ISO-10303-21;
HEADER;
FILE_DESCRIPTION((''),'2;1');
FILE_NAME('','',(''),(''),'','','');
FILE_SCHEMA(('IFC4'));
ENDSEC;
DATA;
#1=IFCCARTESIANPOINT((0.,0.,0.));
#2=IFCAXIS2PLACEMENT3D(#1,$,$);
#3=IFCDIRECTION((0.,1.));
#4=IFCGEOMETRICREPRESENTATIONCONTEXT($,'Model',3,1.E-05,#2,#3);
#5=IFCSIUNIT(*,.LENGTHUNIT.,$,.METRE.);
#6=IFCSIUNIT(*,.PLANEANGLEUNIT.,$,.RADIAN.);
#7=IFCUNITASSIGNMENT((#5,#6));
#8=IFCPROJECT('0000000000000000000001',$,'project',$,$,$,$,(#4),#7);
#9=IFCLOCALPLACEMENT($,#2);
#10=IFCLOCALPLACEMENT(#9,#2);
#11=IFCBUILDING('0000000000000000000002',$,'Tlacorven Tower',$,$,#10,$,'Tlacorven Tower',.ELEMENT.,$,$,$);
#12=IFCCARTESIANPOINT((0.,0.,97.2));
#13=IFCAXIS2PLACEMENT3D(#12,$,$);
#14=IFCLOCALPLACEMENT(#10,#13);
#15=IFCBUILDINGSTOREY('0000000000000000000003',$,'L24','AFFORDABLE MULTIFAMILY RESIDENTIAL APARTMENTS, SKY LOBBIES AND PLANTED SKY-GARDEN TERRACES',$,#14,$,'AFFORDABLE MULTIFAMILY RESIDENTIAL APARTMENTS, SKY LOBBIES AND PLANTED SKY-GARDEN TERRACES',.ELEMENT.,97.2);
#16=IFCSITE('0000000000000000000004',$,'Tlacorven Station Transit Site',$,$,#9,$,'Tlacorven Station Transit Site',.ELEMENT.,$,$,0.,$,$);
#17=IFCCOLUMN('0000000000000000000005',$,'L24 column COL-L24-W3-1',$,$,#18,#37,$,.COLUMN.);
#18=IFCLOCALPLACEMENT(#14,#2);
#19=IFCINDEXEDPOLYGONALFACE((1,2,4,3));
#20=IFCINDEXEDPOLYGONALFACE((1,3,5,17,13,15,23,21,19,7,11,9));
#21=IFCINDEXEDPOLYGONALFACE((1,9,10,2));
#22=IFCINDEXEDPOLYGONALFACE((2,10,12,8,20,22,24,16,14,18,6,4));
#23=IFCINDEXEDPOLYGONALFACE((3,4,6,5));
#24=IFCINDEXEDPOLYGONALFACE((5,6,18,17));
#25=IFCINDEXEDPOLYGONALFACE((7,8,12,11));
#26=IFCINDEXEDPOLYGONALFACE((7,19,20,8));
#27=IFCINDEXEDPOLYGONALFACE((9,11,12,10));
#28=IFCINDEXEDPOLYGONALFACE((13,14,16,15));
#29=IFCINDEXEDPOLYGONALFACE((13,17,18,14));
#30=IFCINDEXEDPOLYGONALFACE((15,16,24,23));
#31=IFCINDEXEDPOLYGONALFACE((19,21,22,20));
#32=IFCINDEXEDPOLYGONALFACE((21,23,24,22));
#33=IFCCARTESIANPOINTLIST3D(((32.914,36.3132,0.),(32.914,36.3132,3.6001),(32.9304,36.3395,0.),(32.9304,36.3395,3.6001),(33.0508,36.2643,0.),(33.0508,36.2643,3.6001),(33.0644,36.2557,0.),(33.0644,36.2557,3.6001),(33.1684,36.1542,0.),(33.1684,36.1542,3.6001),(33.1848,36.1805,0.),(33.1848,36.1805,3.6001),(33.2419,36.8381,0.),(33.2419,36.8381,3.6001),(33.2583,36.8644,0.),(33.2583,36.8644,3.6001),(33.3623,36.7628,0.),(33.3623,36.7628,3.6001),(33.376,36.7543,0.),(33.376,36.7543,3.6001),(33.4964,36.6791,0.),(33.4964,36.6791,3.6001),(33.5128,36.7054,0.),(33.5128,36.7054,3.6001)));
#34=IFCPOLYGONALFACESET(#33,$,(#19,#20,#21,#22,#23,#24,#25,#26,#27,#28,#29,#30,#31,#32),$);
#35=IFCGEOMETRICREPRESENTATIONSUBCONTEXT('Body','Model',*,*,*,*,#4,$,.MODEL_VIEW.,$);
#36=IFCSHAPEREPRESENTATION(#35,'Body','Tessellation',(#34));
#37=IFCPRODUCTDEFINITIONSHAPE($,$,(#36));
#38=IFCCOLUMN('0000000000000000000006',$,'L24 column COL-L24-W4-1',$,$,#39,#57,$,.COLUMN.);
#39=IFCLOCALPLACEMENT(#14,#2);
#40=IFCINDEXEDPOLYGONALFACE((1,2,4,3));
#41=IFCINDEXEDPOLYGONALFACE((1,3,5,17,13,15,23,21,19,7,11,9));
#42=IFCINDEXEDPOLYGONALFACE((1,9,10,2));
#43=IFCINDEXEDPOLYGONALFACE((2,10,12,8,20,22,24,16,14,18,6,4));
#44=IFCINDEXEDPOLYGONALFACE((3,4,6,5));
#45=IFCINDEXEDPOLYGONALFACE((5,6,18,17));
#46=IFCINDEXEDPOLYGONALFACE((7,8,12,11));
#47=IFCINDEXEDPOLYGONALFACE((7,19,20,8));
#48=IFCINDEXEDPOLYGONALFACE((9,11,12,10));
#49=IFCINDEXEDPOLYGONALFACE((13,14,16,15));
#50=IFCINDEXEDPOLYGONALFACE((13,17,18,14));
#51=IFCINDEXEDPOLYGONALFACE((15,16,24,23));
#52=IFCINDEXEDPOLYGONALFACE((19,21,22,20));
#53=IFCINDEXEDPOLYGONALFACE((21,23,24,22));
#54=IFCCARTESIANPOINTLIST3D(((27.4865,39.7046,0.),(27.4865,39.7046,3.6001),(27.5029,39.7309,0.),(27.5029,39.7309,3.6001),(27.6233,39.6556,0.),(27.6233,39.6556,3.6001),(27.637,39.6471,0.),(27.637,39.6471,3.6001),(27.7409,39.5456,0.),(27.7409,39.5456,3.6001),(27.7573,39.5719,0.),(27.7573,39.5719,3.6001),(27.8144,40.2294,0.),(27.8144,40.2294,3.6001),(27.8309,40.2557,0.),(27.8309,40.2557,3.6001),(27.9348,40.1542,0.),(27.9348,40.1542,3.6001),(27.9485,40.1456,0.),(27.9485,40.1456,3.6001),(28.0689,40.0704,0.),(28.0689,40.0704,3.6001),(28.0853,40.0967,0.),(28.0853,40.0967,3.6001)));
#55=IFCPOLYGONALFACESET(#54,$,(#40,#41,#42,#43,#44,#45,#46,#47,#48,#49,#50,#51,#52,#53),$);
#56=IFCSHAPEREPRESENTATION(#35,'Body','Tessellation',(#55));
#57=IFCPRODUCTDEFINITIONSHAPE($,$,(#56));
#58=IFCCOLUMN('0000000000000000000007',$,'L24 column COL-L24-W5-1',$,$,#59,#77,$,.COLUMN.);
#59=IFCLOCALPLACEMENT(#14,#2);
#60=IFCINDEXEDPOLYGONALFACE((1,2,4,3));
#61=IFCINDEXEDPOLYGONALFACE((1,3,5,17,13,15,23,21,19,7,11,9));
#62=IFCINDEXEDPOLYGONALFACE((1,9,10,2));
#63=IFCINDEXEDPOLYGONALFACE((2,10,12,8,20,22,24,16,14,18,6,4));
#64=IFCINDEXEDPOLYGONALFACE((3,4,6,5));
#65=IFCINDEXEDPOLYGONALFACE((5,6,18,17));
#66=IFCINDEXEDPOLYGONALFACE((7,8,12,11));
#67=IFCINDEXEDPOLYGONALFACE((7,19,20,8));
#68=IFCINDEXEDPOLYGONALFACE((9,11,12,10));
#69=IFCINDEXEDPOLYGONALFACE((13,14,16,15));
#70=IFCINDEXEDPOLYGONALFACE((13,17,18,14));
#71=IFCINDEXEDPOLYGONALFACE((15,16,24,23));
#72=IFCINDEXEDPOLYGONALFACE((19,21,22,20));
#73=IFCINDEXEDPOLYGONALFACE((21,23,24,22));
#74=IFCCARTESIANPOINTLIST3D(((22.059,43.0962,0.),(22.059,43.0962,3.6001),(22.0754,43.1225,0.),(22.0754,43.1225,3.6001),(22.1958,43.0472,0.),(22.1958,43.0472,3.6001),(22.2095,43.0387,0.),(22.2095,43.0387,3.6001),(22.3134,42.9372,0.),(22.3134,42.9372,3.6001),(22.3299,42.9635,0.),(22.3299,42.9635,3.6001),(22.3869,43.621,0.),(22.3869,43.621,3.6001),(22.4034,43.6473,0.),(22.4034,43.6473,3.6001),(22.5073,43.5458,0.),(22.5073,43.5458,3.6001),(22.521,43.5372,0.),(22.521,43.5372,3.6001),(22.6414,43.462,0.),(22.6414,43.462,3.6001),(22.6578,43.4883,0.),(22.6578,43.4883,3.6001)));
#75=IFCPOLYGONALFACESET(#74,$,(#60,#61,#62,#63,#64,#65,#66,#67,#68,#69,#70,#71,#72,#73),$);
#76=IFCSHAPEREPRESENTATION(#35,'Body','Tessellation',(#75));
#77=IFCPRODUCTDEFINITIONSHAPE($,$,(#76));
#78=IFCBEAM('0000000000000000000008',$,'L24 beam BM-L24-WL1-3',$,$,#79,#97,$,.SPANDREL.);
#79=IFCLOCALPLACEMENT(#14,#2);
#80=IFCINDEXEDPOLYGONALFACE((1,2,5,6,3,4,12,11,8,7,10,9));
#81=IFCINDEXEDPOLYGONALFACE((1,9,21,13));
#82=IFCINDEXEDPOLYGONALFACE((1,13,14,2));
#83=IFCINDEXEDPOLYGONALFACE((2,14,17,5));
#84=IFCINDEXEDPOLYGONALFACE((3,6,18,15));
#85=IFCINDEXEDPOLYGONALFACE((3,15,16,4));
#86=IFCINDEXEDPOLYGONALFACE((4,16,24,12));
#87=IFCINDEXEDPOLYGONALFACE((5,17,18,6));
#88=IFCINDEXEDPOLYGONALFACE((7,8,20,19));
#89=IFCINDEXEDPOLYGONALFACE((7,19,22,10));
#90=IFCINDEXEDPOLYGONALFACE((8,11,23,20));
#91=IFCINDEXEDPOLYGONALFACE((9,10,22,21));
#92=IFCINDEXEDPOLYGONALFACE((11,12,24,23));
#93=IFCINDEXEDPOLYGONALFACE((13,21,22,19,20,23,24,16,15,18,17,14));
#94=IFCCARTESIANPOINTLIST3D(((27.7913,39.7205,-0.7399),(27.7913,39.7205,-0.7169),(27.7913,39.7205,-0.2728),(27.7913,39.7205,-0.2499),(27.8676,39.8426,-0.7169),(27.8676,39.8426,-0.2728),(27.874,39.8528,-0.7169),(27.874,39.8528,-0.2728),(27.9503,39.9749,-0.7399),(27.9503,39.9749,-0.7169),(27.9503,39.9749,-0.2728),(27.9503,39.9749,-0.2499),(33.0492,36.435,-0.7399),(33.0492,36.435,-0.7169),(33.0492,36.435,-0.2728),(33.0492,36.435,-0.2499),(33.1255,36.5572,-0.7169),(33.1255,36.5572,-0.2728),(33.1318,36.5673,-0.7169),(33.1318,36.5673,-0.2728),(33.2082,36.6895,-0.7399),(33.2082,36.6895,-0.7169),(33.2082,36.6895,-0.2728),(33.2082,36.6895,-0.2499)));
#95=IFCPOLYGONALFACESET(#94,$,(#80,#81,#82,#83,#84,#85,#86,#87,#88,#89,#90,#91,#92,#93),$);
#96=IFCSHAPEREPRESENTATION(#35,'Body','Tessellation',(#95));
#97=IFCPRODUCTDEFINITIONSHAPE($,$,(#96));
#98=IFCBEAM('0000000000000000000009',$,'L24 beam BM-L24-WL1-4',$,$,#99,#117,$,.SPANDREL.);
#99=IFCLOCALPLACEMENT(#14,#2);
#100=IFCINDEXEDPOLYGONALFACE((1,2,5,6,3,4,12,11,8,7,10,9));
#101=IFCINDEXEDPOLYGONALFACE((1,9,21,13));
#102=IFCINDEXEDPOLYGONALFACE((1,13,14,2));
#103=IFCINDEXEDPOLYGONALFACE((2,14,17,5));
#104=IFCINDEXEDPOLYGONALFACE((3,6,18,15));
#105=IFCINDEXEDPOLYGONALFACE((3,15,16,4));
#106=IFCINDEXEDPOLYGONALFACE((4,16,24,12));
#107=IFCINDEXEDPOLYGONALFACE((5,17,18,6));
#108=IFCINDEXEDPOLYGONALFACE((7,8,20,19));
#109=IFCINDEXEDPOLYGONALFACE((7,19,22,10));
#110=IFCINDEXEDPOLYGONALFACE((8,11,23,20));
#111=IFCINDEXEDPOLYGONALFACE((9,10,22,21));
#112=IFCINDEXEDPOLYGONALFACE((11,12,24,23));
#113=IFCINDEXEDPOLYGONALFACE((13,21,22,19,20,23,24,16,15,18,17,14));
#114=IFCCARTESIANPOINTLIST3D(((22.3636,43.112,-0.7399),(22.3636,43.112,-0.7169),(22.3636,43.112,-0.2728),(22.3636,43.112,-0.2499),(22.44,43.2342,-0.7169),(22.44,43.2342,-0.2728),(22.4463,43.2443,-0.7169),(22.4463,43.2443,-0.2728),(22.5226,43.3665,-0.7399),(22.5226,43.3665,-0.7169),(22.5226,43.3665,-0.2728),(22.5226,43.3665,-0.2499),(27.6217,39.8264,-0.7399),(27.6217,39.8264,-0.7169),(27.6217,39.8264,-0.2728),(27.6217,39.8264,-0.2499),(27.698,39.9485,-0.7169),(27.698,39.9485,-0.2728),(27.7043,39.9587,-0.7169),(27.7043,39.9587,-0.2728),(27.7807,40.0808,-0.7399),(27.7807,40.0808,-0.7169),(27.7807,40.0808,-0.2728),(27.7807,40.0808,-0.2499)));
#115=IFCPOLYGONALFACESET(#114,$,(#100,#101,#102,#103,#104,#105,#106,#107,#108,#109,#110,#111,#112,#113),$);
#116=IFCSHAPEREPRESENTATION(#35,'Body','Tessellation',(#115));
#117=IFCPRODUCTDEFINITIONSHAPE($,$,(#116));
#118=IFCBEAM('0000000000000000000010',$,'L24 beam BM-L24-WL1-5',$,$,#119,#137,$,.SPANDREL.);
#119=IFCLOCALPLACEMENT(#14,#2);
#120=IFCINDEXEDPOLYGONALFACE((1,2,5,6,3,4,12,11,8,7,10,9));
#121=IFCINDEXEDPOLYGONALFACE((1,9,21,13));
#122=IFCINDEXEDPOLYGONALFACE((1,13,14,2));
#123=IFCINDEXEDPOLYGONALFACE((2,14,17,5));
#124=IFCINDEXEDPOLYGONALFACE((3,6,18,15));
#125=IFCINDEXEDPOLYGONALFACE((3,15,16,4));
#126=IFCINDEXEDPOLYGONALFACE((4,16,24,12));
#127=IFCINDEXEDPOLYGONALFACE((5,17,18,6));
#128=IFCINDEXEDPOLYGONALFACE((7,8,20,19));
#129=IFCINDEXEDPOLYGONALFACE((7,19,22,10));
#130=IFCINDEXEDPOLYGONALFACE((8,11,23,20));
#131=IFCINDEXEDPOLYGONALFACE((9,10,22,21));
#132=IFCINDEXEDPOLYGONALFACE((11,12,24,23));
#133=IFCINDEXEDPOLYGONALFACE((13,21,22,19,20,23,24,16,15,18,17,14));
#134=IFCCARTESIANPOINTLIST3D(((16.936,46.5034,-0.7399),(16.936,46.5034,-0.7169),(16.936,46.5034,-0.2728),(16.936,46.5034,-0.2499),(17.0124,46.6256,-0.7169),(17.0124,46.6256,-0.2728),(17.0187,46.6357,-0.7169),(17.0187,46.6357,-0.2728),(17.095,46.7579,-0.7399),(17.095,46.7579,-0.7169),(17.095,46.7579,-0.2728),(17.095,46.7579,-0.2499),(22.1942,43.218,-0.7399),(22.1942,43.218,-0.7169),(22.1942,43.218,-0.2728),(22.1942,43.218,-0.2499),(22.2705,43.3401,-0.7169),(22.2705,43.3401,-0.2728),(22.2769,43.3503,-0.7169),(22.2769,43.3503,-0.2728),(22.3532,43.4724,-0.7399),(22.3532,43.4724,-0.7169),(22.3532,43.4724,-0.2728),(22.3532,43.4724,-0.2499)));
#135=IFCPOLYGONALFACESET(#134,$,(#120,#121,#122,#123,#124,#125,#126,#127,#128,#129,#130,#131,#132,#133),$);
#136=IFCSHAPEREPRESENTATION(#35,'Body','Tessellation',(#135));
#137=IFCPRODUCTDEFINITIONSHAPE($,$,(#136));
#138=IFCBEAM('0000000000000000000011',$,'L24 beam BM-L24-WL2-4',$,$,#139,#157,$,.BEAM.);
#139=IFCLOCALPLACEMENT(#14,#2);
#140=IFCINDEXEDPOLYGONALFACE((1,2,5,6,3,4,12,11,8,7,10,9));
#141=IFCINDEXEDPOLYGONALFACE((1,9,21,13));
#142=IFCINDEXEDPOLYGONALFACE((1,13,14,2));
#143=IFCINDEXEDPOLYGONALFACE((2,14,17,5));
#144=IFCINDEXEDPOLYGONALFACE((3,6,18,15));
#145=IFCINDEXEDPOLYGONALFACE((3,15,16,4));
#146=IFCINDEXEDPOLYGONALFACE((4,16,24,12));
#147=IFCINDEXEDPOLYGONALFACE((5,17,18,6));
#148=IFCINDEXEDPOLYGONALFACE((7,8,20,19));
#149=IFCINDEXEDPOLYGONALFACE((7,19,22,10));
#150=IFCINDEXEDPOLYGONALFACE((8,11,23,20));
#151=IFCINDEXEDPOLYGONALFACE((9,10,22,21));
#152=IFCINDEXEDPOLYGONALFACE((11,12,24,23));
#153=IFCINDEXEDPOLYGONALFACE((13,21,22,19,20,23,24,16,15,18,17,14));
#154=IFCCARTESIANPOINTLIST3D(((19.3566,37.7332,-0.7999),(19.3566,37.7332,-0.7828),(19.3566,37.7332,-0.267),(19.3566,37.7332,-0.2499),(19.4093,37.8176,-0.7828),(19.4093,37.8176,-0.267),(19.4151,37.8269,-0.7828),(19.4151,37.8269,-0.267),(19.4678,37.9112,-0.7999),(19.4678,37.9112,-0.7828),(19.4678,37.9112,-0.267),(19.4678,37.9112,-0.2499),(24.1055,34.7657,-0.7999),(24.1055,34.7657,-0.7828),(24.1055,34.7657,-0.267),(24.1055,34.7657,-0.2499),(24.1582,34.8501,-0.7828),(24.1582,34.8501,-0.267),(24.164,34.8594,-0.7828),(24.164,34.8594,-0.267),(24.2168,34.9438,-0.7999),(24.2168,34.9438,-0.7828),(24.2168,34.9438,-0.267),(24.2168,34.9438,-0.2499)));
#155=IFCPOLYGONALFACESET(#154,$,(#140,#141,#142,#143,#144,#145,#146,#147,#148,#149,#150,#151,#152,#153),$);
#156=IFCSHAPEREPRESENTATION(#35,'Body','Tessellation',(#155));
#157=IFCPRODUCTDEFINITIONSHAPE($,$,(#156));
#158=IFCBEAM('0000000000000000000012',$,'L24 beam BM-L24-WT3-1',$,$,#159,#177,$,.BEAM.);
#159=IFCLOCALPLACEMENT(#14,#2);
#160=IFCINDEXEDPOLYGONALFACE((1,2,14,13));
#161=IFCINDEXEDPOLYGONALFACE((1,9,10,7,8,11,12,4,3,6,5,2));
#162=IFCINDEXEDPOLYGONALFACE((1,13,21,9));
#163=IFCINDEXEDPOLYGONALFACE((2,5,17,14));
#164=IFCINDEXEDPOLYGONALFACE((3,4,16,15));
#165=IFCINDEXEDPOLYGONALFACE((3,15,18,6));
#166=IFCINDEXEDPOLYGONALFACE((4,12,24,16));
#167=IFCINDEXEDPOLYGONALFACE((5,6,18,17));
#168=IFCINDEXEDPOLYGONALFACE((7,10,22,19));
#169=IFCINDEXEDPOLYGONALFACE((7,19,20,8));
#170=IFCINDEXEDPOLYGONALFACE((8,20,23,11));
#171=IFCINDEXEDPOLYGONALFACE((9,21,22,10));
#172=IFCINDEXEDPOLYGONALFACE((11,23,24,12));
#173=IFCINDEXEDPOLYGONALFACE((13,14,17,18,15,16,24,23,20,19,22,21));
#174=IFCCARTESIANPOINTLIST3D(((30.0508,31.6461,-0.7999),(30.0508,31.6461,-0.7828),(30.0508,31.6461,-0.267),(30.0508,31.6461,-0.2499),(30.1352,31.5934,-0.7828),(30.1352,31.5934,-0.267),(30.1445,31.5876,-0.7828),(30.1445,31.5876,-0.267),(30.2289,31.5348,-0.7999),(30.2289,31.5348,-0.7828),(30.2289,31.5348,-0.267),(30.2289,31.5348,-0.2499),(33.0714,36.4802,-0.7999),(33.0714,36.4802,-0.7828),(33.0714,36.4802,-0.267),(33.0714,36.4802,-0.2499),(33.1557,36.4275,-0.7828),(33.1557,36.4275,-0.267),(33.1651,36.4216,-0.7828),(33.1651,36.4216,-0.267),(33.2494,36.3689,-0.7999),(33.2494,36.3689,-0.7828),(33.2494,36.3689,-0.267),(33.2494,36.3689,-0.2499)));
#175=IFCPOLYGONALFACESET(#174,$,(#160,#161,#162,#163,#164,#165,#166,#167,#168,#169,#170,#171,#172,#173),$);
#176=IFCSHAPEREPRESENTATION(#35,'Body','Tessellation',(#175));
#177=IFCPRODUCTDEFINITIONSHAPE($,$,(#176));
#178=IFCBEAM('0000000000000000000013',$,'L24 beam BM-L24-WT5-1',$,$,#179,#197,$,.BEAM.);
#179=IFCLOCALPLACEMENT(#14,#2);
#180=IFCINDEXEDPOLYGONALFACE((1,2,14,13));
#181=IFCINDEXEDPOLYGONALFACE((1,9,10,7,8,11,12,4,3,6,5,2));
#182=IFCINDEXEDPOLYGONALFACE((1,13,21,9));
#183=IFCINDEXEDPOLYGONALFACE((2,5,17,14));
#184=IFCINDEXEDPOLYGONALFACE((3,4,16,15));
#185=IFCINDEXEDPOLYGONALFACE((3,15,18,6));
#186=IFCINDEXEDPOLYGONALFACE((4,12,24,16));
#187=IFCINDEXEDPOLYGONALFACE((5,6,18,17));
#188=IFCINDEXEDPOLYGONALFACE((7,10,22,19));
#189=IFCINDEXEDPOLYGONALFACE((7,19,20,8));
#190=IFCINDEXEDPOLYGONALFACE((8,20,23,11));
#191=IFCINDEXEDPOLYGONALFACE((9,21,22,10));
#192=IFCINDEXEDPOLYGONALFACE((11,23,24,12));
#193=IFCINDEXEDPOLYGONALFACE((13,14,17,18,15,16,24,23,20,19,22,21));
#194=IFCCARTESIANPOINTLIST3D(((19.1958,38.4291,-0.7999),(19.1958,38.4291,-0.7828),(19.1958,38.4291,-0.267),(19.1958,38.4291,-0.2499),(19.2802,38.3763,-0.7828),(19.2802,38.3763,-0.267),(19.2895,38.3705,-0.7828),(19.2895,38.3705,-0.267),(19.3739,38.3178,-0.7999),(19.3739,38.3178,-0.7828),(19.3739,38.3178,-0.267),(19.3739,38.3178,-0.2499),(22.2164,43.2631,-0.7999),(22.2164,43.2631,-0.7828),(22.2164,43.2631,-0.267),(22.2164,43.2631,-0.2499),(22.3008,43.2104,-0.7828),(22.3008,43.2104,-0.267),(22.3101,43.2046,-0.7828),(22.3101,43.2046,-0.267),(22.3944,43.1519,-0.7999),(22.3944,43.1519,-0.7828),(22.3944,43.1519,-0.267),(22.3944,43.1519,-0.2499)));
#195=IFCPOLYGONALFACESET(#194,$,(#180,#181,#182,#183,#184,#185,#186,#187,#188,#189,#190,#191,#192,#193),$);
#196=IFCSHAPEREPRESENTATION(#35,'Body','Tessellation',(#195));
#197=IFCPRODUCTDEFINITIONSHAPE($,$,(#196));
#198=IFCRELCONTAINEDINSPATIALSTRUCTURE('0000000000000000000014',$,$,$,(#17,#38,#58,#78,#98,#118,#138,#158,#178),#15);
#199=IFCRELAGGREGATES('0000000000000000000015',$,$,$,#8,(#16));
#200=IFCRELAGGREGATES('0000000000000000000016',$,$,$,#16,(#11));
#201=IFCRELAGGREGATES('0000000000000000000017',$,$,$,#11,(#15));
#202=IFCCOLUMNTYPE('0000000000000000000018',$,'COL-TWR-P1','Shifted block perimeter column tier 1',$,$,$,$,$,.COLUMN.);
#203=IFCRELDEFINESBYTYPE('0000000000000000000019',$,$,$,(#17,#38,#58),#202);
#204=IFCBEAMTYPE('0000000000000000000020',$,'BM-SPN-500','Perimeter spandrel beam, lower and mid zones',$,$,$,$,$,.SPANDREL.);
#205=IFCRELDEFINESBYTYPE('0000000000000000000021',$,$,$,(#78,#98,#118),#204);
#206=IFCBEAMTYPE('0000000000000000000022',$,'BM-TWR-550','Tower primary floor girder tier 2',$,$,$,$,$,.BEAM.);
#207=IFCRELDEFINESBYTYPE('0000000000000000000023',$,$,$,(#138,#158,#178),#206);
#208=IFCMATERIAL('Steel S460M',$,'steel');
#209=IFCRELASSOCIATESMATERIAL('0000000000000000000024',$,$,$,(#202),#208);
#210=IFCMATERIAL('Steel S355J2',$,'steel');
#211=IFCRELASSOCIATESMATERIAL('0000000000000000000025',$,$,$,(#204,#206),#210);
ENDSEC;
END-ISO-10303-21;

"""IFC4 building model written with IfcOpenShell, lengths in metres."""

from ifc_helpers import new_model, si_unit, direction, frame, origin, origin_2d, place, context, subcontext, project, spatial, i_section, extrude, source, transform, mapped, material, material_profile, profile_set, type_object, element, save


model = new_model("IFC4")

# Units and contexts
model_context = context("Model", 3, precision=1e-05, world=origin(), true_north=direction((0.0, 1.0)))
body_context = subcontext(model_context, "Body", "Model", "MODEL_VIEW")
ifc_project = project(units=[si_unit("LENGTHUNIT", "METRE"), si_unit("PLANEANGLEUNIT", "RADIAN")], contexts=[model_context])

# Site, building, storey
site_placement = place(None, origin())
site = spatial("IfcSite", under=ifc_project, at=site_placement, Name="Tlacorven Station Transit Site", LongName="Tlacorven Station Transit Site", CompositionType="ELEMENT", RefElevation=0.0)
building_placement = place(site_placement, origin())
building = spatial("IfcBuilding", under=site, at=building_placement, Name="Tlacorven Tower", LongName="Tlacorven Tower", CompositionType="ELEMENT")
storey_placement = place(building_placement, frame((0.0, 0.0, 97.2)))
storey = spatial("IfcBuildingStorey", under=building, at=storey_placement, Name="L24", Description="AFFORDABLE MULTIFAMILY RESIDENTIAL APARTMENTS, SKY LOBBIES AND PLANTED SKY-GARDEN TERRACES", LongName="AFFORDABLE MULTIFAMILY RESIDENTIAL APARTMENTS, SKY LOBBIES AND PLANTED SKY-GARDEN TERRACES", CompositionType="ELEMENT", Elevation=97.2)

# Columns
ifc_material_1 = material(Name="Steel S460M", Category="steel")
ifc_material_profile_1 = material_profile(ifc_material_1, i_section(OverallWidth=0.3, OverallDepth=0.6499, WebThickness=0.0161, FlangeThickness=0.031, at=origin_2d()), Name="HEB 650")
ifc_profile_set_1 = profile_set([ifc_material_profile_1], Name="Steel S460M")
column_type = type_object("IfcColumnType", Name="COL-TWR-P1", Description="Shifted block perimeter column tier 1", PredefinedType="COLUMN", material=ifc_profile_set_1)
shared_shape_1 = source(origin(), body_context, "Body", "SweptSolid", [
    extrude(i_section(OverallWidth=0.3, OverallDepth=0.6499, WebThickness=0.0161, FlangeThickness=0.031, at=origin_2d()), origin(), (0.0, 0.0, 1.0), 3.6001),
])
for number, where, z_axis, x_axis, name in (
    (1, (33.2134, 36.5093, 0.0), (0.0, 0.0, 1.0), (-0.848048, 0.529919, 0.0), "L24 column COL-L24-W3-1"),
    (2, (27.7859, 39.9006, 0.0), (0.0, 0.0, 1.0), (-0.848048, 0.529919, 0.0), "L24 column COL-L24-W4-1"),
    (3, (22.3584, 43.2922, 0.0), (0.0, 0.0, 1.0), (-0.848048, 0.529919, 0.0), "L24 column COL-L24-W5-1"),
):
    element("IfcColumn", number, at=place(storey_placement, frame(where, z_axis=z_axis, x_axis=x_axis)), inside=storey, type_object=column_type, Name=name, PredefinedType="COLUMN", context=body_context, shape_type="MappedRepresentation", body=[
        mapped(shared_shape_1, transform((0.0, 0.0, 0.0), scale=1.0)),
    ])

# Beams
ifc_material_2 = material(Name="Steel S355J2", Category="steel")
ifc_material_profile_2 = material_profile(ifc_material_2, i_section(OverallWidth=0.3, OverallDepth=0.49, WebThickness=0.012, FlangeThickness=0.0229, at=origin_2d()), Name="HEA 500")
ifc_profile_set_2 = profile_set([ifc_material_profile_2], Name="Steel S355J2")
beam_type_1 = type_object("IfcBeamType", Name="BM-SPN-500", Description="Perimeter spandrel beam, lower and mid zones", PredefinedType="SPANDREL", material=ifc_profile_set_2)
shared_shape_2 = source(origin(), body_context, "Body", "SweptSolid", [
    extrude(i_section(OverallWidth=0.3, OverallDepth=0.49, WebThickness=0.012, FlangeThickness=0.0229, at=origin_2d()), origin(), (0.0, 0.0, 1.0), 6.2),
])
beam_1_placement = place(storey_placement, frame((33.1287, 36.5623, -0.4949), z_axis=(-0.848051, 0.529914, 0.0), x_axis=(-0.529914, -0.848051, 0.0)))
element("IfcBeam", 4, at=beam_1_placement, inside=storey, type_object=beam_type_1, Name="L24 beam BM-L24-WL1-3", PredefinedType="SPANDREL", context=body_context, shape_type="MappedRepresentation", body=[
    mapped(shared_shape_2, transform((0.0, 0.0, 0.0), scale=1.0)),
])
shared_shape_3 = source(origin(), body_context, "Body", "SweptSolid", [
    extrude(i_section(OverallWidth=0.3, OverallDepth=0.49, WebThickness=0.012, FlangeThickness=0.0229, at=origin_2d()), origin(), (0.0, 0.0, 1.0), 6.2002),
])
for number, where, z_axis, x_axis, name in (
    (5, (27.7012, 39.9536, -0.4949), (-0.848045, 0.529925, 0.0), (-0.529925, -0.848045, 0.0), "L24 beam BM-L24-WL1-4"),
    (6, (22.2737, 43.3452, -0.4949), (-0.848062, 0.529896, 0.0), (-0.529896, -0.848062, 0.0), "L24 beam BM-L24-WL1-5"),
):
    element("IfcBeam", number, at=place(storey_placement, frame(where, z_axis=z_axis, x_axis=x_axis)), inside=storey, type_object=beam_type_1, Name=name, PredefinedType="SPANDREL", context=body_context, shape_type="MappedRepresentation", body=[
        mapped(shared_shape_3, transform((0.0, 0.0, 0.0), scale=1.0)),
    ])
ifc_material_profile_3 = material_profile(ifc_material_2, i_section(OverallWidth=0.21, OverallDepth=0.55, WebThickness=0.011, FlangeThickness=0.0171, at=origin_2d()), Name="IPE 550")
ifc_profile_set_3 = profile_set([ifc_material_profile_3], Name="Steel S355J2")
beam_type_2 = type_object("IfcBeamType", Name="BM-TWR-550", Description="Tower primary floor girder tier 2", PredefinedType="BEAM", material=ifc_profile_set_3)
shared_shape_4 = source(origin(), body_context, "Body", "SweptSolid", [
    extrude(i_section(OverallWidth=0.21, OverallDepth=0.55, WebThickness=0.011, FlangeThickness=0.0171, at=origin_2d()), origin(), (0.0, 0.0, 1.0), 5.5999),
])
beam_2_placement = place(storey_placement, frame((24.1611, 34.8547, -0.5249), z_axis=(-0.848047, 0.529921, 0.0), x_axis=(-0.529921, -0.848047, 0.0)))
element("IfcBeam", 7, at=beam_2_placement, inside=storey, type_object=beam_type_2, Name="L24 beam BM-L24-WL2-4", PredefinedType="BEAM", context=body_context, shape_type="MappedRepresentation", body=[
    mapped(shared_shape_4, transform((0.0, 0.0, 0.0), scale=1.0)),
])
shared_shape_5 = source(origin(), body_context, "Body", "SweptSolid", [
    extrude(i_section(OverallWidth=0.21, OverallDepth=0.55, WebThickness=0.011, FlangeThickness=0.0171, at=origin_2d()), origin(), (0.0, 0.0, 1.0), 5.7002),
])
for number, where, z_axis, x_axis, name in (
    (8, (33.1604, 36.4246, -0.5249), (-0.529907, -0.848056, 0.0), (0.848056, -0.529907, 0.0), "L24 beam BM-L24-WT3-1"),
    (9, (22.3054, 43.2075, -0.5249), (-0.529907, -0.848056, 0.0), (0.848056, -0.529907, 0.0), "L24 beam BM-L24-WT5-1"),
):
    element("IfcBeam", number, at=place(storey_placement, frame(where, z_axis=z_axis, x_axis=x_axis)), inside=storey, type_object=beam_type_2, Name=name, PredefinedType="BEAM", context=body_context, shape_type="MappedRepresentation", body=[
        mapped(shared_shape_5, transform((0.0, 0.0, 0.0), scale=1.0)),
    ])

save(model, "model.ifc")
